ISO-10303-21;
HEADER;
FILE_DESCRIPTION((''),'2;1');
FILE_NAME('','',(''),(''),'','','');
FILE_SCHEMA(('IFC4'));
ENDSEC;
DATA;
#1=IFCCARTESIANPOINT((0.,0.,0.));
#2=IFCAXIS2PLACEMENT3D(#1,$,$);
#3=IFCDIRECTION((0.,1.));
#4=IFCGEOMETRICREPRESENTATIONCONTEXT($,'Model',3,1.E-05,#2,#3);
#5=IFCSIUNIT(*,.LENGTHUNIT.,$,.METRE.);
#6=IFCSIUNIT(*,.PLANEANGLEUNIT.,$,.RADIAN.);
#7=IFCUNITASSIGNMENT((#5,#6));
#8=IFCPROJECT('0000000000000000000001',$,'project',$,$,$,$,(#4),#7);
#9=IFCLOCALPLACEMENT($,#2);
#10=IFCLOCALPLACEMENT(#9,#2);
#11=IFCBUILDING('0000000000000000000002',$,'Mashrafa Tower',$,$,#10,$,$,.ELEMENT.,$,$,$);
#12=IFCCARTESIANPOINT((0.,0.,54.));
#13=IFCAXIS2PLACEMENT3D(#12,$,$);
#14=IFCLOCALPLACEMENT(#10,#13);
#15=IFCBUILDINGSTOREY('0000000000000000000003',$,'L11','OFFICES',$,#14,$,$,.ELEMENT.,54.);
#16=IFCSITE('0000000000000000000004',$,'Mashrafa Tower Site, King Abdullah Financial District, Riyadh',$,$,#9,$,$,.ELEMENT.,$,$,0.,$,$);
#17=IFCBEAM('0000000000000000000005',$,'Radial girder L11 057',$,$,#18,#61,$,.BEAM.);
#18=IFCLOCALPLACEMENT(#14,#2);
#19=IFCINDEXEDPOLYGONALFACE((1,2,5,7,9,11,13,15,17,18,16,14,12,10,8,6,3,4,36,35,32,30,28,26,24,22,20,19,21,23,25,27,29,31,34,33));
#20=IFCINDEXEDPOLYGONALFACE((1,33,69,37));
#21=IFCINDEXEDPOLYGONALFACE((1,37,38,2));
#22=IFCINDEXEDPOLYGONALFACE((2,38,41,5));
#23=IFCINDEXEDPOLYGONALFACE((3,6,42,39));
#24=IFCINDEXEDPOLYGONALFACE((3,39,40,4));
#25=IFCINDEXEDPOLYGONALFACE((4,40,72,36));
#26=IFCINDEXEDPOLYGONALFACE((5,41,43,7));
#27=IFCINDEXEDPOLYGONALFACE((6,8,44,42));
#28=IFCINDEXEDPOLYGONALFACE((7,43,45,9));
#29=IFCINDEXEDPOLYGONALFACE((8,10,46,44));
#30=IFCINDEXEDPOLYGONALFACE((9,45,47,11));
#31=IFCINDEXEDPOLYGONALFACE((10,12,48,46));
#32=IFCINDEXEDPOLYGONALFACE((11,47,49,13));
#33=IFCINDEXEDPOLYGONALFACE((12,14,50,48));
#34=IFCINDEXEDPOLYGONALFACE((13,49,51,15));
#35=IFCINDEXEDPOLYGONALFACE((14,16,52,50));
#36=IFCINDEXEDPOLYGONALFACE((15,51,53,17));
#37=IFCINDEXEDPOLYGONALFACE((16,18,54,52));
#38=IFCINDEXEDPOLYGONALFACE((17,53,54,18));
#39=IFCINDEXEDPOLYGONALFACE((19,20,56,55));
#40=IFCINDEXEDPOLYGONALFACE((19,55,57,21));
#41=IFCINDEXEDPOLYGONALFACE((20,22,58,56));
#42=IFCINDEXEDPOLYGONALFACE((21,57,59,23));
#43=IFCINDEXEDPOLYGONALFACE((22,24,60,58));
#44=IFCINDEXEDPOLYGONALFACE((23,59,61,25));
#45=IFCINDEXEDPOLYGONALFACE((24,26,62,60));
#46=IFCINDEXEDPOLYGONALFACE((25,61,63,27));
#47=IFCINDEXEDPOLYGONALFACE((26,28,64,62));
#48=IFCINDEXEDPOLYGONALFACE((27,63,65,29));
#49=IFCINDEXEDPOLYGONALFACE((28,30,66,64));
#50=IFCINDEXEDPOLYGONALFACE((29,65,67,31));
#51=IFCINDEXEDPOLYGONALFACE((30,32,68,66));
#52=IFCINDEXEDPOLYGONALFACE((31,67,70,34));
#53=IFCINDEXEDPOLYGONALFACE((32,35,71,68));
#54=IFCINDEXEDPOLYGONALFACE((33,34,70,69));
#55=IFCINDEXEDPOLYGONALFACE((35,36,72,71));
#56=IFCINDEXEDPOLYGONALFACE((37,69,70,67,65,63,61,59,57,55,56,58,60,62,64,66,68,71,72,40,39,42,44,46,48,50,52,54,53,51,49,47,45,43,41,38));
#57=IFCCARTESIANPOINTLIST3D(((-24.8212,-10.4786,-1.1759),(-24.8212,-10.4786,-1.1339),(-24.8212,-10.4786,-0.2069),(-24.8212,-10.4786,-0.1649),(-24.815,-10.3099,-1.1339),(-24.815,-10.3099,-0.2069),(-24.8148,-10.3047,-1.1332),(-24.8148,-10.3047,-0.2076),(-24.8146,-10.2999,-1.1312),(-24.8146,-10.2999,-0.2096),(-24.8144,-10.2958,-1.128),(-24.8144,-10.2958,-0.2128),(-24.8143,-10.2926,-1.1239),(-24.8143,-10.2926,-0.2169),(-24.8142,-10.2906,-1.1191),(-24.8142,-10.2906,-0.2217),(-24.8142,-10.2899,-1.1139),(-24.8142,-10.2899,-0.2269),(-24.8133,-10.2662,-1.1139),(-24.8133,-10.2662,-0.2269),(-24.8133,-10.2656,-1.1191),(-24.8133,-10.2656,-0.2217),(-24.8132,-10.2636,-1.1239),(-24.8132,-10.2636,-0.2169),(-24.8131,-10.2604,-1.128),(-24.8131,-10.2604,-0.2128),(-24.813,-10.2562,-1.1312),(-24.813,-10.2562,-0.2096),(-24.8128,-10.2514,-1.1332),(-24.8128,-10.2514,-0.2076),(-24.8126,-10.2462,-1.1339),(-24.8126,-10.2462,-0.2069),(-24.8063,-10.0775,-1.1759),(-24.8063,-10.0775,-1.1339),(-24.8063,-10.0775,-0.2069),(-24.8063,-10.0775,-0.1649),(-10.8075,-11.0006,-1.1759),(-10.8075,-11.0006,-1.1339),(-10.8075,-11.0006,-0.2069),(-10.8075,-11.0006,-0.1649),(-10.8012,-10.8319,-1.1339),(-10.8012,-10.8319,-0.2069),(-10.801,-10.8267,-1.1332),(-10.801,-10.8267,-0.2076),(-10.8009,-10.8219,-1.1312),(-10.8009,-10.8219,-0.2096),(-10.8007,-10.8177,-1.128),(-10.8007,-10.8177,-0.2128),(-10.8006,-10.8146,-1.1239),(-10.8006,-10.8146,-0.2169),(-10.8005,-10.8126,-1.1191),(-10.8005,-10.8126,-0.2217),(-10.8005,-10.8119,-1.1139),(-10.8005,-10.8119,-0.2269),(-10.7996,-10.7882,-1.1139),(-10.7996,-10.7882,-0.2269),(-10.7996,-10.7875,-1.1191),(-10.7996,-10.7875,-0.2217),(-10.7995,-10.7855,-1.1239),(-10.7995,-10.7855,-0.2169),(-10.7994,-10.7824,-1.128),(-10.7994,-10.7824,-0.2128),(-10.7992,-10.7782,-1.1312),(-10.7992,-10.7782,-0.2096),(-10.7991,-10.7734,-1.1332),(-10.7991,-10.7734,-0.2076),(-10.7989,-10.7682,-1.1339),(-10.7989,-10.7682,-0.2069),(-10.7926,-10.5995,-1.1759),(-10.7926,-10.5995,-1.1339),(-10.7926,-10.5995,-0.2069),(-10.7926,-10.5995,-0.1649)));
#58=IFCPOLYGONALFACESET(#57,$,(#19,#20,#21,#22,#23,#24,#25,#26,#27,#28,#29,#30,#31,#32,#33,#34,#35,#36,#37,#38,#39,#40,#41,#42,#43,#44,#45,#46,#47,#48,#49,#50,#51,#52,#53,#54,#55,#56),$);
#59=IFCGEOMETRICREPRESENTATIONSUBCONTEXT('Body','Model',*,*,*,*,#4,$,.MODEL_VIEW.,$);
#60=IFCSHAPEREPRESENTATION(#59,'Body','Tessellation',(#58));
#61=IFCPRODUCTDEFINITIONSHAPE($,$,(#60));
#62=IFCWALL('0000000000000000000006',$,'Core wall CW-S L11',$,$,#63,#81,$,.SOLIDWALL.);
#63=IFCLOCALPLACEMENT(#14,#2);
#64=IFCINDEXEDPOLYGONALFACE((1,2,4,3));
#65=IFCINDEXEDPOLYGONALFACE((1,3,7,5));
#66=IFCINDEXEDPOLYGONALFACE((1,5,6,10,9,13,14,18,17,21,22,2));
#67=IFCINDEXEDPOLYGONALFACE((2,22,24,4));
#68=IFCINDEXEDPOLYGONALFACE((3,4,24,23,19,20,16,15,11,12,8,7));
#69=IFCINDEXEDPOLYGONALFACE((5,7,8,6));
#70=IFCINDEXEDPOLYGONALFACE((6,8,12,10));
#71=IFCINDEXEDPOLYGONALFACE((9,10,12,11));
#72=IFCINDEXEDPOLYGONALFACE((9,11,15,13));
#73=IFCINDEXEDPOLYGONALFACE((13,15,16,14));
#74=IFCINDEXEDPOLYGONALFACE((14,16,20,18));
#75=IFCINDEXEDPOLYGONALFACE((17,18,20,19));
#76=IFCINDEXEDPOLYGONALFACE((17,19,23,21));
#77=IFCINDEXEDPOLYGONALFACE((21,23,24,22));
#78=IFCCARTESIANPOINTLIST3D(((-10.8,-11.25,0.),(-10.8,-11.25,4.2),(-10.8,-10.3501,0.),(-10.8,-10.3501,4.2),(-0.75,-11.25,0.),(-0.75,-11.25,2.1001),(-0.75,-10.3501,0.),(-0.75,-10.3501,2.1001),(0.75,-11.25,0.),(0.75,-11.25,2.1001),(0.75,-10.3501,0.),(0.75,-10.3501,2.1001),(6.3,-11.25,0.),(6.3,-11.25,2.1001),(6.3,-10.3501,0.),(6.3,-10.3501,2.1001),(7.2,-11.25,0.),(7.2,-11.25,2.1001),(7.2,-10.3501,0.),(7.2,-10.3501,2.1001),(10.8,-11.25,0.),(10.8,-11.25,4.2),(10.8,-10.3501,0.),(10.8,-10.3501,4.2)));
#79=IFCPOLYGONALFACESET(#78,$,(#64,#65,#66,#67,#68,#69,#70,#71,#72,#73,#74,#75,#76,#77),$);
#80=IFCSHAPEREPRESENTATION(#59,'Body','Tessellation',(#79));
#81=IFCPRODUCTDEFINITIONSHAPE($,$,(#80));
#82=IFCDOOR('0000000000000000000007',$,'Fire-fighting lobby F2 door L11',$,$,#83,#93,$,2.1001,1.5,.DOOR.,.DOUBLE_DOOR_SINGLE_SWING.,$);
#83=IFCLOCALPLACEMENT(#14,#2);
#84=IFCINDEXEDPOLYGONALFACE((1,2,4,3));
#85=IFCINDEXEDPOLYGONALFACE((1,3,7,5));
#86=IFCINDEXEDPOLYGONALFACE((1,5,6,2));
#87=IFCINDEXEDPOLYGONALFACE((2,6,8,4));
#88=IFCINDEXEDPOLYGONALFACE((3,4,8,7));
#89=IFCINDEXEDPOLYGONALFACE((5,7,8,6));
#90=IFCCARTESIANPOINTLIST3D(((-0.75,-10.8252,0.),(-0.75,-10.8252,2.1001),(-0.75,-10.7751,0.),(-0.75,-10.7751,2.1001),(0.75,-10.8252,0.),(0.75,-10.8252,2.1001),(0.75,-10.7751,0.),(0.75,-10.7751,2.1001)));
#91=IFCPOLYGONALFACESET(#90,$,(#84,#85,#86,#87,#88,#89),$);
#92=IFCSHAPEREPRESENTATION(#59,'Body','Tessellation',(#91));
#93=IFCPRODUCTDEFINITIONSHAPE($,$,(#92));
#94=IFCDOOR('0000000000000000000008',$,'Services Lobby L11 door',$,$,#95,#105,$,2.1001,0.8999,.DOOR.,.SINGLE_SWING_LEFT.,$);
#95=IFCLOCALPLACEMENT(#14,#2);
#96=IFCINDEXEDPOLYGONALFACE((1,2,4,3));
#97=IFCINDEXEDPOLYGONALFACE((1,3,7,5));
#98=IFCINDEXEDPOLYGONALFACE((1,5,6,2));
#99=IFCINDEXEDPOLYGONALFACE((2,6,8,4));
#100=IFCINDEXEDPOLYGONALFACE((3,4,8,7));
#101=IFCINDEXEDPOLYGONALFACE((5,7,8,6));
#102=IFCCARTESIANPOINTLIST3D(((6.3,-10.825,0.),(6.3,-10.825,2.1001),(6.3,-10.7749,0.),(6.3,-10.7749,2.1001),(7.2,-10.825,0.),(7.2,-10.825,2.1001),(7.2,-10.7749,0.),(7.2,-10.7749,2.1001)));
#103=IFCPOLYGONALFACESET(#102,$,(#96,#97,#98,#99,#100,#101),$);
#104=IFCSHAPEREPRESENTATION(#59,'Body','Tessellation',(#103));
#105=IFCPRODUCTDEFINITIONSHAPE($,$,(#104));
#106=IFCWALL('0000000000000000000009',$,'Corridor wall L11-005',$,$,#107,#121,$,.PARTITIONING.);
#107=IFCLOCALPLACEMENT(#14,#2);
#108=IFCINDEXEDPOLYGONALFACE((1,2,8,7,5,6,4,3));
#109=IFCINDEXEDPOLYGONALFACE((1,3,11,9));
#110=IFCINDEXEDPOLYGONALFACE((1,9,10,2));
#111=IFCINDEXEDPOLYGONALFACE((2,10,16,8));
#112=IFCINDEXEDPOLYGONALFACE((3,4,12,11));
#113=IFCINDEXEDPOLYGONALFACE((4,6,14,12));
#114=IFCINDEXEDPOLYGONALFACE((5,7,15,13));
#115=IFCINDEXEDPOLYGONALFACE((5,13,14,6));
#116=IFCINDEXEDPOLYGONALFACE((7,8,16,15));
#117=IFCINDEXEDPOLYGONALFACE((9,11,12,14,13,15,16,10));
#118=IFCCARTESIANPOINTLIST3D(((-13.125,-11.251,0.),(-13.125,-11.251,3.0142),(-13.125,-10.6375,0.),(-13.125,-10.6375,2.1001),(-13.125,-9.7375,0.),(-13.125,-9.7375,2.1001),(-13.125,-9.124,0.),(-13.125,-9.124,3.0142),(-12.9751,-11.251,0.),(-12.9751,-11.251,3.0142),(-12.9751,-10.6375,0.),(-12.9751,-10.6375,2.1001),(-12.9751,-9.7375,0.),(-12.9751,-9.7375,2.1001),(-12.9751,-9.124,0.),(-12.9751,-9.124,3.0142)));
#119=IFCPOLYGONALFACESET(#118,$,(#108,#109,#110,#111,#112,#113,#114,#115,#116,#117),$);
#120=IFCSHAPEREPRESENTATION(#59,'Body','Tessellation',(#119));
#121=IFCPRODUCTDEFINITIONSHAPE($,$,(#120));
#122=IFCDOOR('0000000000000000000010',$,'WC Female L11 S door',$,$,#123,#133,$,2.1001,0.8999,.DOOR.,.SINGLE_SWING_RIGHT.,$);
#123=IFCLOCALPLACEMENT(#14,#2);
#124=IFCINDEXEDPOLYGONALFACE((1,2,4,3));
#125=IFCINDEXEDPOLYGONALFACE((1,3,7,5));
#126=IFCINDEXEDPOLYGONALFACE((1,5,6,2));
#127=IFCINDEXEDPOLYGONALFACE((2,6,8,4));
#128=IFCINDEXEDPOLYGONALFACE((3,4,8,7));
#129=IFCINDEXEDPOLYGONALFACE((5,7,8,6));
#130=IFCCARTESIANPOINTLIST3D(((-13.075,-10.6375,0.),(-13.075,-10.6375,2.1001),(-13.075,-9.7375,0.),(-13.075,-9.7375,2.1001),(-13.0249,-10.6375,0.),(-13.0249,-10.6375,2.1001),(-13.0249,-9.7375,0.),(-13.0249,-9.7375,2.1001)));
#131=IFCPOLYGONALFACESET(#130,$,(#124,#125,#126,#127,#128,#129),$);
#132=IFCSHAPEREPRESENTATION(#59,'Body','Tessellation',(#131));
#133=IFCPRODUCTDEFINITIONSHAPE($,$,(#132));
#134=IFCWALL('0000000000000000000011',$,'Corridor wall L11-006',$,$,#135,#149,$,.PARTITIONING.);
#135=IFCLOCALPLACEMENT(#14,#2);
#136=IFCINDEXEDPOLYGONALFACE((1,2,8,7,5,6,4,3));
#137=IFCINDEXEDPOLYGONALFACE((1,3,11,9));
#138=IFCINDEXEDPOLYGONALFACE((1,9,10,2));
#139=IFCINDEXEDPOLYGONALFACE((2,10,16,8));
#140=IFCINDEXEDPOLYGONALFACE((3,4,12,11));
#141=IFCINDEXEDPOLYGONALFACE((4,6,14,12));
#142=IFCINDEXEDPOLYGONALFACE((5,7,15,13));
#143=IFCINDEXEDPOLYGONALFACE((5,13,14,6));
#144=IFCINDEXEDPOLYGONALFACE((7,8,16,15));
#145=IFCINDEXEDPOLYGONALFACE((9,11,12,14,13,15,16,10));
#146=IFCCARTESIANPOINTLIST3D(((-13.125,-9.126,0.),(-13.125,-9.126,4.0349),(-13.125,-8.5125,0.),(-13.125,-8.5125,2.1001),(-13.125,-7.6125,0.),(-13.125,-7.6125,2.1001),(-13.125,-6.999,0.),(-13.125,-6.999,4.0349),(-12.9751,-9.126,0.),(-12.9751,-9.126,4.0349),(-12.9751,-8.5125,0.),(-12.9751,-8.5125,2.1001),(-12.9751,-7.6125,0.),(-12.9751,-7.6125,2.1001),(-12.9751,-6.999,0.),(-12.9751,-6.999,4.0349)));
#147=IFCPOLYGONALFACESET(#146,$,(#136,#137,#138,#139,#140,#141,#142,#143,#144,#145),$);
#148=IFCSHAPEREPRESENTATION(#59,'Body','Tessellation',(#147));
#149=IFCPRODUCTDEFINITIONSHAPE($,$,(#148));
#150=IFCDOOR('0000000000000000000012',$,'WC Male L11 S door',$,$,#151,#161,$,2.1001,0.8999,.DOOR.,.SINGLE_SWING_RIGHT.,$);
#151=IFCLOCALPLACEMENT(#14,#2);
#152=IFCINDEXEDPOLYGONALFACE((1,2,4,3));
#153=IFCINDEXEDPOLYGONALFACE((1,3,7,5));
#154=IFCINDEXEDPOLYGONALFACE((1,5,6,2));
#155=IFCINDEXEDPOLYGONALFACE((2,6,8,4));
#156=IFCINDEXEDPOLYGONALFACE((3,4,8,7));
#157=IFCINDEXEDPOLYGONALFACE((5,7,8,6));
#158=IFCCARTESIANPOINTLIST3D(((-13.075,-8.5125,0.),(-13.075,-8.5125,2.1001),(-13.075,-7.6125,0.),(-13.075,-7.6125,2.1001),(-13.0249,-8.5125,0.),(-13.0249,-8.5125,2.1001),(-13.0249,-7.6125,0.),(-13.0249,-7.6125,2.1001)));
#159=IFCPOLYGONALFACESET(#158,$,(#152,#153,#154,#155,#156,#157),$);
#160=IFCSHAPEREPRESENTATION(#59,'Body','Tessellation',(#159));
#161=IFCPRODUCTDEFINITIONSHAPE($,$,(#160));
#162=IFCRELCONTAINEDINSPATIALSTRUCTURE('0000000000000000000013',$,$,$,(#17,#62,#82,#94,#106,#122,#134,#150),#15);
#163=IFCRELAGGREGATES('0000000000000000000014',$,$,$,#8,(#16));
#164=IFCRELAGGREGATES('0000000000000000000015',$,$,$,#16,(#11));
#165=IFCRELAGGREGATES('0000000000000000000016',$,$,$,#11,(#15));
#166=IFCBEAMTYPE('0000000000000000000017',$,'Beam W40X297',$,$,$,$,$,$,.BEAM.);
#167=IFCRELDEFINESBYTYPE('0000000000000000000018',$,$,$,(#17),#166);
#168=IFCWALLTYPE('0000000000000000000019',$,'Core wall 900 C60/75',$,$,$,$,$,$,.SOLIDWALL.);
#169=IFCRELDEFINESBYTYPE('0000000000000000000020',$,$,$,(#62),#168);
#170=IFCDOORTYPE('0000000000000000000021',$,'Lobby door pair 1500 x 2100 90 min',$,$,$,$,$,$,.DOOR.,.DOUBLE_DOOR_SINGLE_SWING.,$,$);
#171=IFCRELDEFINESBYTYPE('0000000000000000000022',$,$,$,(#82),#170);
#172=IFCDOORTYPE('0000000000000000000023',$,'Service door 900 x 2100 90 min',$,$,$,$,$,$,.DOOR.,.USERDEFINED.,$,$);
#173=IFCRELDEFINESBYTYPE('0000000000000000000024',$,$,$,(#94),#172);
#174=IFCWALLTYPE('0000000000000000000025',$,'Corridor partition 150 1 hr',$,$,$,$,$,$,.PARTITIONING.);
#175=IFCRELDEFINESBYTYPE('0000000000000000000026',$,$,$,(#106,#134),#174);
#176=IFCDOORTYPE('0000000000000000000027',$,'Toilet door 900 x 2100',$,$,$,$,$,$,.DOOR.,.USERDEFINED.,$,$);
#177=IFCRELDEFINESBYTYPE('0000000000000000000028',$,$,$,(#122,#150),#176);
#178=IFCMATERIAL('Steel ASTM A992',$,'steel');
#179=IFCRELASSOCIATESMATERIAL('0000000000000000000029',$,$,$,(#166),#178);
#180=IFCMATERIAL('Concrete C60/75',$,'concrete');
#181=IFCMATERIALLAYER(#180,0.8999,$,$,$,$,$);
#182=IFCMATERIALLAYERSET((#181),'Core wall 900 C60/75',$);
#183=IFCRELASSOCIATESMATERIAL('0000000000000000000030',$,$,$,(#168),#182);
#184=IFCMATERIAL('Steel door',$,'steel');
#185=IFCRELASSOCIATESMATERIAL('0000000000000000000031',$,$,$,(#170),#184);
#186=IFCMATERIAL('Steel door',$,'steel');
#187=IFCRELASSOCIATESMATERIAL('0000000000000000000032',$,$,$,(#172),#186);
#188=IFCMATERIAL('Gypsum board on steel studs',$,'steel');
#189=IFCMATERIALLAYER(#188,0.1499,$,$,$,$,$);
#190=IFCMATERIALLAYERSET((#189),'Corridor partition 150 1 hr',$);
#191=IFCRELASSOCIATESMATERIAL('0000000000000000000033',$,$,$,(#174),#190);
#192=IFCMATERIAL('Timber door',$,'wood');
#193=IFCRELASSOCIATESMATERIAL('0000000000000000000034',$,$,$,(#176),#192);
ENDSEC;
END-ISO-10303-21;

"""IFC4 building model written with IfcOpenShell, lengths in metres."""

from ifc_helpers import new_model, si_unit, direction, frame, frame_2d, origin, origin_2d, place, context, subcontext, project, spatial, rectangle, i_section, extrude, material, layer, layer_set, material_profile, profile_set, type_object, element, fill, save


model = new_model("IFC4")

# Units and contexts
model_context = context("Model", 3, precision=1e-05, world=origin(), true_north=direction((0.0, 1.0)))
body_context = subcontext(model_context, "Body", "Model", "MODEL_VIEW")
ifc_project = project(units=[si_unit("LENGTHUNIT", "METRE"), si_unit("PLANEANGLEUNIT", "RADIAN")], contexts=[model_context])

# Site, building, storey
site_placement = place(None, origin())
site = spatial("IfcSite", under=ifc_project, at=site_placement, Name="Mashrafa Tower Site, King Abdullah Financial District, Riyadh", CompositionType="ELEMENT", RefElevation=0.0)
building_placement = place(site_placement, origin())
building = spatial("IfcBuilding", under=site, at=building_placement, Name="Mashrafa Tower", CompositionType="ELEMENT")
storey_placement = place(building_placement, frame((0.0, 0.0, 54.0)))
storey = spatial("IfcBuildingStorey", under=building, at=storey_placement, Name="L11", Description="OFFICES", CompositionType="ELEMENT", Elevation=54.0)

# Beam
ifc_material_1 = material(Name="Steel ASTM A992", Category="steel")
ifc_material_profile_1 = material_profile(ifc_material_1, i_section(OverallWidth=0.4014, OverallDepth=1.011, WebThickness=0.0237, FlangeThickness=0.042, FilletRadius=0.02, at=origin_2d()), Name="W40X297")
ifc_profile_set_1 = profile_set([ifc_material_profile_1], Name="Steel ASTM A992")
beam_type_1 = type_object("IfcBeamType", Name="Beam W40X297", PredefinedType="BEAM", material=ifc_profile_set_1)
beam_1_placement = place(storey_placement, frame((-10.8, -10.8, -0.6704), z_axis=(-0.999307, 0.037222, 0.0), x_axis=(-0.037222, -0.999307, 0.0)))
element("IfcBeam", 1, at=beam_1_placement, inside=storey, type_object=beam_type_1, Name="Radial girder L11 057", PredefinedType="BEAM", context=body_context, shape_type="SweptSolid", body=[
    extrude(i_section(OverallWidth=0.4014, OverallDepth=1.011, WebThickness=0.0237, FlangeThickness=0.042, FilletRadius=0.02, at=origin_2d()), origin(), (0.0, 0.0, 1.0), 14.0234),
])

# Wall, openings, doors
ifc_material_2 = material(Name="Concrete C60/75", Category="concrete")
ifc_layer_1 = layer(ifc_material_2, 0.8999)
ifc_layer_set_1 = layer_set([ifc_layer_1], Name="Core wall 900 C60/75")
wall_type_1 = type_object("IfcWallType", Name="Core wall 900 C60/75", PredefinedType="SOLIDWALL", material=ifc_layer_set_1)
wall_1_placement = place(storey_placement, frame((-10.8, -10.8, 0.0), z_axis=(0.0, 0.0, 1.0), x_axis=(1.0, 0.0, 0.0)))
wall_1 = element("IfcWall", 2, at=wall_1_placement, inside=storey, type_object=wall_type_1, Name="Core wall CW-S L11", PredefinedType="SOLIDWALL", context=body_context, shape_type="SweptSolid", body=[
    extrude(rectangle(XDim=21.6001, YDim=0.8999, at=frame_2d((10.8, 0.0))), origin(), (0.0, 0.0, 1.0), 4.2),
])
opening_1_placement = place(wall_1_placement, frame((10.05, 0.0, 0.0)))
opening_1 = element("IfcOpeningElement", 3, at=opening_1_placement, cuts=wall_1, PredefinedType="OPENING", context=body_context, shape_type="SweptSolid", body=[
    extrude(rectangle(XDim=1.5, YDim=2.1001, at=frame_2d((0.75, 1.05))), frame((0.0, 0.46, 0.0), z_axis=(0.0, -1.0, 0.0), x_axis=(1.0, 0.0, 0.0)), (0.0, 0.0, 1.0), 0.9199),
])
opening_2_placement = place(wall_1_placement, frame((17.1001, 0.0, 0.0)))
opening_2 = element("IfcOpeningElement", 4, at=opening_2_placement, cuts=wall_1, PredefinedType="OPENING", context=body_context, shape_type="SweptSolid", body=[
    extrude(rectangle(XDim=0.8999, YDim=2.1001, at=frame_2d((0.45, 1.05))), frame((0.0, 0.46, 0.0), z_axis=(0.0, -1.0, 0.0), x_axis=(1.0, 0.0, 0.0)), (0.0, 0.0, 1.0), 0.9199),
])
ifc_material_3 = material(Name="Steel door", Category="steel")
door_type_1 = type_object("IfcDoorType", Name="Lobby door pair 1500 x 2100 90 min", OperationType="DOUBLE_DOOR_SINGLE_SWING", PredefinedType="DOOR", material=ifc_material_3)
door_1_placement = place(opening_1_placement, origin())
door_1 = element("IfcDoor", 5, at=door_1_placement, inside=storey, type_object=door_type_1, Name="Fire-fighting lobby F2 door L11", OperationType="DOUBLE_DOOR_SINGLE_SWING", OverallHeight=2.1001, OverallWidth=1.5, PredefinedType="DOOR", context=body_context, shape_type="SweptSolid", body=[
    extrude(rectangle(XDim=1.5, YDim=2.1001, at=frame_2d((0.75, 1.05))), frame((0.0, 0.0249, 0.0), z_axis=(0.0, -1.0, 0.0), x_axis=(1.0, 0.0, 0.0)), (0.0, 0.0, 1.0), 0.05),
])
fill(opening_1, door_1)
ifc_material_4 = material(Name="Steel door", Category="steel")
door_type_2 = type_object("IfcDoorType", Name="Service door 900 x 2100 90 min", OperationType="USERDEFINED", PredefinedType="DOOR", material=ifc_material_4)
door_2_placement = place(opening_2_placement, frame((0.8999, 0.0, 0.0), z_axis=(0.0, 0.0, 1.0), x_axis=(-1.0, 0.0, 0.0)))
door_2 = element("IfcDoor", 6, at=door_2_placement, inside=storey, type_object=door_type_2, Name="Services Lobby L11 door", OperationType="SINGLE_SWING_LEFT", OverallHeight=2.1001, OverallWidth=0.8999, PredefinedType="DOOR", context=body_context, shape_type="SweptSolid", body=[
    extrude(rectangle(XDim=0.8999, YDim=2.1001, at=frame_2d((0.45, 1.05))), frame((0.0, 0.0249, 0.0), z_axis=(0.0, -1.0, 0.0), x_axis=(1.0, 0.0, 0.0)), (0.0, 0.0, 1.0), 0.05),
])
fill(opening_2, door_2)

# Walls, openings, doors
ifc_material_5 = material(Name="Gypsum board on steel studs", Category="steel")
ifc_layer_2 = layer(ifc_material_5, 0.1499)
ifc_layer_set_2 = layer_set([ifc_layer_2], Name="Corridor partition 150 1 hr")
wall_type_2 = type_object("IfcWallType", Name="Corridor partition 150 1 hr", PredefinedType="PARTITIONING", material=ifc_layer_set_2)
wall_2_placement = place(storey_placement, frame((-13.05, -9.124, 0.0), z_axis=(0.0, 0.0, 1.0), x_axis=(0.0, -1.0, 0.0)))
wall_2 = element("IfcWall", 7, at=wall_2_placement, inside=storey, type_object=wall_type_2, Name="Corridor wall L11-005", PredefinedType="PARTITIONING", context=body_context, shape_type="SweptSolid", body=[
    extrude(rectangle(XDim=2.127, YDim=0.1499, at=frame_2d((1.0635, 0.0))), origin(), (0.0, 0.0, 1.0), 3.0142),
])
opening_3_placement = place(wall_2_placement, frame((0.6135, 0.0, 0.0)))
opening_3 = element("IfcOpeningElement", 8, at=opening_3_placement, cuts=wall_2, PredefinedType="OPENING", context=body_context, shape_type="SweptSolid", body=[
    extrude(rectangle(XDim=0.8999, YDim=2.1001, at=frame_2d((0.45, 1.05))), frame((0.0, 0.085, 0.0), z_axis=(0.0, -1.0, 0.0), x_axis=(1.0, 0.0, 0.0)), (0.0, 0.0, 1.0), 0.1699),
])
ifc_material_6 = material(Name="Timber door", Category="wood")
door_type_3 = type_object("IfcDoorType", Name="Toilet door 900 x 2100", OperationType="USERDEFINED", PredefinedType="DOOR", material=ifc_material_6)
door_3_placement = place(opening_3_placement, frame((0.8999, 0.0, 0.0), z_axis=(0.0, 0.0, 1.0), x_axis=(-1.0, 0.0, 0.0)))
door_3 = element("IfcDoor", 9, at=door_3_placement, inside=storey, type_object=door_type_3, Name="WC Female L11 S door", OperationType="SINGLE_SWING_RIGHT", OverallHeight=2.1001, OverallWidth=0.8999, PredefinedType="DOOR", context=body_context, shape_type="SweptSolid", body=[
    extrude(rectangle(XDim=0.8999, YDim=2.1001, at=frame_2d((0.45, 1.05))), frame((0.0, 0.0249, 0.0), z_axis=(0.0, -1.0, 0.0), x_axis=(1.0, 0.0, 0.0)), (0.0, 0.0, 1.0), 0.05),
])
fill(opening_3, door_3)
wall_3_placement = place(storey_placement, frame((-13.05, -6.999, 0.0), z_axis=(0.0, 0.0, 1.0), x_axis=(0.0, -1.0, 0.0)))
wall_3 = element("IfcWall", 10, at=wall_3_placement, inside=storey, type_object=wall_type_2, Name="Corridor wall L11-006", PredefinedType="PARTITIONING", context=body_context, shape_type="SweptSolid", body=[
    extrude(rectangle(XDim=2.127, YDim=0.1499, at=frame_2d((1.0635, 0.0))), origin(), (0.0, 0.0, 1.0), 4.0349),
])
opening_4_placement = place(wall_3_placement, frame((0.6135, 0.0, 0.0)))
opening_4 = element("IfcOpeningElement", 11, at=opening_4_placement, cuts=wall_3, PredefinedType="OPENING", context=body_context, shape_type="SweptSolid", body=[
    extrude(rectangle(XDim=0.8999, YDim=2.1001, at=frame_2d((0.45, 1.05))), frame((0.0, 0.085, 0.0), z_axis=(0.0, -1.0, 0.0), x_axis=(1.0, 0.0, 0.0)), (0.0, 0.0, 1.0), 0.1699),
])
door_4_placement = place(opening_4_placement, frame((0.8999, 0.0, 0.0), z_axis=(0.0, 0.0, 1.0), x_axis=(-1.0, 0.0, 0.0)))
door_4 = element("IfcDoor", 12, at=door_4_placement, inside=storey, type_object=door_type_3, Name="WC Male L11 S door", OperationType="SINGLE_SWING_RIGHT", OverallHeight=2.1001, OverallWidth=0.8999, PredefinedType="DOOR", context=body_context, shape_type="SweptSolid", body=[
    extrude(rectangle(XDim=0.8999, YDim=2.1001, at=frame_2d((0.45, 1.05))), frame((0.0, 0.0249, 0.0), z_axis=(0.0, -1.0, 0.0), x_axis=(1.0, 0.0, 0.0)), (0.0, 0.0, 1.0), 0.05),
])
fill(opening_4, door_4)

save(model, "model.ifc")
